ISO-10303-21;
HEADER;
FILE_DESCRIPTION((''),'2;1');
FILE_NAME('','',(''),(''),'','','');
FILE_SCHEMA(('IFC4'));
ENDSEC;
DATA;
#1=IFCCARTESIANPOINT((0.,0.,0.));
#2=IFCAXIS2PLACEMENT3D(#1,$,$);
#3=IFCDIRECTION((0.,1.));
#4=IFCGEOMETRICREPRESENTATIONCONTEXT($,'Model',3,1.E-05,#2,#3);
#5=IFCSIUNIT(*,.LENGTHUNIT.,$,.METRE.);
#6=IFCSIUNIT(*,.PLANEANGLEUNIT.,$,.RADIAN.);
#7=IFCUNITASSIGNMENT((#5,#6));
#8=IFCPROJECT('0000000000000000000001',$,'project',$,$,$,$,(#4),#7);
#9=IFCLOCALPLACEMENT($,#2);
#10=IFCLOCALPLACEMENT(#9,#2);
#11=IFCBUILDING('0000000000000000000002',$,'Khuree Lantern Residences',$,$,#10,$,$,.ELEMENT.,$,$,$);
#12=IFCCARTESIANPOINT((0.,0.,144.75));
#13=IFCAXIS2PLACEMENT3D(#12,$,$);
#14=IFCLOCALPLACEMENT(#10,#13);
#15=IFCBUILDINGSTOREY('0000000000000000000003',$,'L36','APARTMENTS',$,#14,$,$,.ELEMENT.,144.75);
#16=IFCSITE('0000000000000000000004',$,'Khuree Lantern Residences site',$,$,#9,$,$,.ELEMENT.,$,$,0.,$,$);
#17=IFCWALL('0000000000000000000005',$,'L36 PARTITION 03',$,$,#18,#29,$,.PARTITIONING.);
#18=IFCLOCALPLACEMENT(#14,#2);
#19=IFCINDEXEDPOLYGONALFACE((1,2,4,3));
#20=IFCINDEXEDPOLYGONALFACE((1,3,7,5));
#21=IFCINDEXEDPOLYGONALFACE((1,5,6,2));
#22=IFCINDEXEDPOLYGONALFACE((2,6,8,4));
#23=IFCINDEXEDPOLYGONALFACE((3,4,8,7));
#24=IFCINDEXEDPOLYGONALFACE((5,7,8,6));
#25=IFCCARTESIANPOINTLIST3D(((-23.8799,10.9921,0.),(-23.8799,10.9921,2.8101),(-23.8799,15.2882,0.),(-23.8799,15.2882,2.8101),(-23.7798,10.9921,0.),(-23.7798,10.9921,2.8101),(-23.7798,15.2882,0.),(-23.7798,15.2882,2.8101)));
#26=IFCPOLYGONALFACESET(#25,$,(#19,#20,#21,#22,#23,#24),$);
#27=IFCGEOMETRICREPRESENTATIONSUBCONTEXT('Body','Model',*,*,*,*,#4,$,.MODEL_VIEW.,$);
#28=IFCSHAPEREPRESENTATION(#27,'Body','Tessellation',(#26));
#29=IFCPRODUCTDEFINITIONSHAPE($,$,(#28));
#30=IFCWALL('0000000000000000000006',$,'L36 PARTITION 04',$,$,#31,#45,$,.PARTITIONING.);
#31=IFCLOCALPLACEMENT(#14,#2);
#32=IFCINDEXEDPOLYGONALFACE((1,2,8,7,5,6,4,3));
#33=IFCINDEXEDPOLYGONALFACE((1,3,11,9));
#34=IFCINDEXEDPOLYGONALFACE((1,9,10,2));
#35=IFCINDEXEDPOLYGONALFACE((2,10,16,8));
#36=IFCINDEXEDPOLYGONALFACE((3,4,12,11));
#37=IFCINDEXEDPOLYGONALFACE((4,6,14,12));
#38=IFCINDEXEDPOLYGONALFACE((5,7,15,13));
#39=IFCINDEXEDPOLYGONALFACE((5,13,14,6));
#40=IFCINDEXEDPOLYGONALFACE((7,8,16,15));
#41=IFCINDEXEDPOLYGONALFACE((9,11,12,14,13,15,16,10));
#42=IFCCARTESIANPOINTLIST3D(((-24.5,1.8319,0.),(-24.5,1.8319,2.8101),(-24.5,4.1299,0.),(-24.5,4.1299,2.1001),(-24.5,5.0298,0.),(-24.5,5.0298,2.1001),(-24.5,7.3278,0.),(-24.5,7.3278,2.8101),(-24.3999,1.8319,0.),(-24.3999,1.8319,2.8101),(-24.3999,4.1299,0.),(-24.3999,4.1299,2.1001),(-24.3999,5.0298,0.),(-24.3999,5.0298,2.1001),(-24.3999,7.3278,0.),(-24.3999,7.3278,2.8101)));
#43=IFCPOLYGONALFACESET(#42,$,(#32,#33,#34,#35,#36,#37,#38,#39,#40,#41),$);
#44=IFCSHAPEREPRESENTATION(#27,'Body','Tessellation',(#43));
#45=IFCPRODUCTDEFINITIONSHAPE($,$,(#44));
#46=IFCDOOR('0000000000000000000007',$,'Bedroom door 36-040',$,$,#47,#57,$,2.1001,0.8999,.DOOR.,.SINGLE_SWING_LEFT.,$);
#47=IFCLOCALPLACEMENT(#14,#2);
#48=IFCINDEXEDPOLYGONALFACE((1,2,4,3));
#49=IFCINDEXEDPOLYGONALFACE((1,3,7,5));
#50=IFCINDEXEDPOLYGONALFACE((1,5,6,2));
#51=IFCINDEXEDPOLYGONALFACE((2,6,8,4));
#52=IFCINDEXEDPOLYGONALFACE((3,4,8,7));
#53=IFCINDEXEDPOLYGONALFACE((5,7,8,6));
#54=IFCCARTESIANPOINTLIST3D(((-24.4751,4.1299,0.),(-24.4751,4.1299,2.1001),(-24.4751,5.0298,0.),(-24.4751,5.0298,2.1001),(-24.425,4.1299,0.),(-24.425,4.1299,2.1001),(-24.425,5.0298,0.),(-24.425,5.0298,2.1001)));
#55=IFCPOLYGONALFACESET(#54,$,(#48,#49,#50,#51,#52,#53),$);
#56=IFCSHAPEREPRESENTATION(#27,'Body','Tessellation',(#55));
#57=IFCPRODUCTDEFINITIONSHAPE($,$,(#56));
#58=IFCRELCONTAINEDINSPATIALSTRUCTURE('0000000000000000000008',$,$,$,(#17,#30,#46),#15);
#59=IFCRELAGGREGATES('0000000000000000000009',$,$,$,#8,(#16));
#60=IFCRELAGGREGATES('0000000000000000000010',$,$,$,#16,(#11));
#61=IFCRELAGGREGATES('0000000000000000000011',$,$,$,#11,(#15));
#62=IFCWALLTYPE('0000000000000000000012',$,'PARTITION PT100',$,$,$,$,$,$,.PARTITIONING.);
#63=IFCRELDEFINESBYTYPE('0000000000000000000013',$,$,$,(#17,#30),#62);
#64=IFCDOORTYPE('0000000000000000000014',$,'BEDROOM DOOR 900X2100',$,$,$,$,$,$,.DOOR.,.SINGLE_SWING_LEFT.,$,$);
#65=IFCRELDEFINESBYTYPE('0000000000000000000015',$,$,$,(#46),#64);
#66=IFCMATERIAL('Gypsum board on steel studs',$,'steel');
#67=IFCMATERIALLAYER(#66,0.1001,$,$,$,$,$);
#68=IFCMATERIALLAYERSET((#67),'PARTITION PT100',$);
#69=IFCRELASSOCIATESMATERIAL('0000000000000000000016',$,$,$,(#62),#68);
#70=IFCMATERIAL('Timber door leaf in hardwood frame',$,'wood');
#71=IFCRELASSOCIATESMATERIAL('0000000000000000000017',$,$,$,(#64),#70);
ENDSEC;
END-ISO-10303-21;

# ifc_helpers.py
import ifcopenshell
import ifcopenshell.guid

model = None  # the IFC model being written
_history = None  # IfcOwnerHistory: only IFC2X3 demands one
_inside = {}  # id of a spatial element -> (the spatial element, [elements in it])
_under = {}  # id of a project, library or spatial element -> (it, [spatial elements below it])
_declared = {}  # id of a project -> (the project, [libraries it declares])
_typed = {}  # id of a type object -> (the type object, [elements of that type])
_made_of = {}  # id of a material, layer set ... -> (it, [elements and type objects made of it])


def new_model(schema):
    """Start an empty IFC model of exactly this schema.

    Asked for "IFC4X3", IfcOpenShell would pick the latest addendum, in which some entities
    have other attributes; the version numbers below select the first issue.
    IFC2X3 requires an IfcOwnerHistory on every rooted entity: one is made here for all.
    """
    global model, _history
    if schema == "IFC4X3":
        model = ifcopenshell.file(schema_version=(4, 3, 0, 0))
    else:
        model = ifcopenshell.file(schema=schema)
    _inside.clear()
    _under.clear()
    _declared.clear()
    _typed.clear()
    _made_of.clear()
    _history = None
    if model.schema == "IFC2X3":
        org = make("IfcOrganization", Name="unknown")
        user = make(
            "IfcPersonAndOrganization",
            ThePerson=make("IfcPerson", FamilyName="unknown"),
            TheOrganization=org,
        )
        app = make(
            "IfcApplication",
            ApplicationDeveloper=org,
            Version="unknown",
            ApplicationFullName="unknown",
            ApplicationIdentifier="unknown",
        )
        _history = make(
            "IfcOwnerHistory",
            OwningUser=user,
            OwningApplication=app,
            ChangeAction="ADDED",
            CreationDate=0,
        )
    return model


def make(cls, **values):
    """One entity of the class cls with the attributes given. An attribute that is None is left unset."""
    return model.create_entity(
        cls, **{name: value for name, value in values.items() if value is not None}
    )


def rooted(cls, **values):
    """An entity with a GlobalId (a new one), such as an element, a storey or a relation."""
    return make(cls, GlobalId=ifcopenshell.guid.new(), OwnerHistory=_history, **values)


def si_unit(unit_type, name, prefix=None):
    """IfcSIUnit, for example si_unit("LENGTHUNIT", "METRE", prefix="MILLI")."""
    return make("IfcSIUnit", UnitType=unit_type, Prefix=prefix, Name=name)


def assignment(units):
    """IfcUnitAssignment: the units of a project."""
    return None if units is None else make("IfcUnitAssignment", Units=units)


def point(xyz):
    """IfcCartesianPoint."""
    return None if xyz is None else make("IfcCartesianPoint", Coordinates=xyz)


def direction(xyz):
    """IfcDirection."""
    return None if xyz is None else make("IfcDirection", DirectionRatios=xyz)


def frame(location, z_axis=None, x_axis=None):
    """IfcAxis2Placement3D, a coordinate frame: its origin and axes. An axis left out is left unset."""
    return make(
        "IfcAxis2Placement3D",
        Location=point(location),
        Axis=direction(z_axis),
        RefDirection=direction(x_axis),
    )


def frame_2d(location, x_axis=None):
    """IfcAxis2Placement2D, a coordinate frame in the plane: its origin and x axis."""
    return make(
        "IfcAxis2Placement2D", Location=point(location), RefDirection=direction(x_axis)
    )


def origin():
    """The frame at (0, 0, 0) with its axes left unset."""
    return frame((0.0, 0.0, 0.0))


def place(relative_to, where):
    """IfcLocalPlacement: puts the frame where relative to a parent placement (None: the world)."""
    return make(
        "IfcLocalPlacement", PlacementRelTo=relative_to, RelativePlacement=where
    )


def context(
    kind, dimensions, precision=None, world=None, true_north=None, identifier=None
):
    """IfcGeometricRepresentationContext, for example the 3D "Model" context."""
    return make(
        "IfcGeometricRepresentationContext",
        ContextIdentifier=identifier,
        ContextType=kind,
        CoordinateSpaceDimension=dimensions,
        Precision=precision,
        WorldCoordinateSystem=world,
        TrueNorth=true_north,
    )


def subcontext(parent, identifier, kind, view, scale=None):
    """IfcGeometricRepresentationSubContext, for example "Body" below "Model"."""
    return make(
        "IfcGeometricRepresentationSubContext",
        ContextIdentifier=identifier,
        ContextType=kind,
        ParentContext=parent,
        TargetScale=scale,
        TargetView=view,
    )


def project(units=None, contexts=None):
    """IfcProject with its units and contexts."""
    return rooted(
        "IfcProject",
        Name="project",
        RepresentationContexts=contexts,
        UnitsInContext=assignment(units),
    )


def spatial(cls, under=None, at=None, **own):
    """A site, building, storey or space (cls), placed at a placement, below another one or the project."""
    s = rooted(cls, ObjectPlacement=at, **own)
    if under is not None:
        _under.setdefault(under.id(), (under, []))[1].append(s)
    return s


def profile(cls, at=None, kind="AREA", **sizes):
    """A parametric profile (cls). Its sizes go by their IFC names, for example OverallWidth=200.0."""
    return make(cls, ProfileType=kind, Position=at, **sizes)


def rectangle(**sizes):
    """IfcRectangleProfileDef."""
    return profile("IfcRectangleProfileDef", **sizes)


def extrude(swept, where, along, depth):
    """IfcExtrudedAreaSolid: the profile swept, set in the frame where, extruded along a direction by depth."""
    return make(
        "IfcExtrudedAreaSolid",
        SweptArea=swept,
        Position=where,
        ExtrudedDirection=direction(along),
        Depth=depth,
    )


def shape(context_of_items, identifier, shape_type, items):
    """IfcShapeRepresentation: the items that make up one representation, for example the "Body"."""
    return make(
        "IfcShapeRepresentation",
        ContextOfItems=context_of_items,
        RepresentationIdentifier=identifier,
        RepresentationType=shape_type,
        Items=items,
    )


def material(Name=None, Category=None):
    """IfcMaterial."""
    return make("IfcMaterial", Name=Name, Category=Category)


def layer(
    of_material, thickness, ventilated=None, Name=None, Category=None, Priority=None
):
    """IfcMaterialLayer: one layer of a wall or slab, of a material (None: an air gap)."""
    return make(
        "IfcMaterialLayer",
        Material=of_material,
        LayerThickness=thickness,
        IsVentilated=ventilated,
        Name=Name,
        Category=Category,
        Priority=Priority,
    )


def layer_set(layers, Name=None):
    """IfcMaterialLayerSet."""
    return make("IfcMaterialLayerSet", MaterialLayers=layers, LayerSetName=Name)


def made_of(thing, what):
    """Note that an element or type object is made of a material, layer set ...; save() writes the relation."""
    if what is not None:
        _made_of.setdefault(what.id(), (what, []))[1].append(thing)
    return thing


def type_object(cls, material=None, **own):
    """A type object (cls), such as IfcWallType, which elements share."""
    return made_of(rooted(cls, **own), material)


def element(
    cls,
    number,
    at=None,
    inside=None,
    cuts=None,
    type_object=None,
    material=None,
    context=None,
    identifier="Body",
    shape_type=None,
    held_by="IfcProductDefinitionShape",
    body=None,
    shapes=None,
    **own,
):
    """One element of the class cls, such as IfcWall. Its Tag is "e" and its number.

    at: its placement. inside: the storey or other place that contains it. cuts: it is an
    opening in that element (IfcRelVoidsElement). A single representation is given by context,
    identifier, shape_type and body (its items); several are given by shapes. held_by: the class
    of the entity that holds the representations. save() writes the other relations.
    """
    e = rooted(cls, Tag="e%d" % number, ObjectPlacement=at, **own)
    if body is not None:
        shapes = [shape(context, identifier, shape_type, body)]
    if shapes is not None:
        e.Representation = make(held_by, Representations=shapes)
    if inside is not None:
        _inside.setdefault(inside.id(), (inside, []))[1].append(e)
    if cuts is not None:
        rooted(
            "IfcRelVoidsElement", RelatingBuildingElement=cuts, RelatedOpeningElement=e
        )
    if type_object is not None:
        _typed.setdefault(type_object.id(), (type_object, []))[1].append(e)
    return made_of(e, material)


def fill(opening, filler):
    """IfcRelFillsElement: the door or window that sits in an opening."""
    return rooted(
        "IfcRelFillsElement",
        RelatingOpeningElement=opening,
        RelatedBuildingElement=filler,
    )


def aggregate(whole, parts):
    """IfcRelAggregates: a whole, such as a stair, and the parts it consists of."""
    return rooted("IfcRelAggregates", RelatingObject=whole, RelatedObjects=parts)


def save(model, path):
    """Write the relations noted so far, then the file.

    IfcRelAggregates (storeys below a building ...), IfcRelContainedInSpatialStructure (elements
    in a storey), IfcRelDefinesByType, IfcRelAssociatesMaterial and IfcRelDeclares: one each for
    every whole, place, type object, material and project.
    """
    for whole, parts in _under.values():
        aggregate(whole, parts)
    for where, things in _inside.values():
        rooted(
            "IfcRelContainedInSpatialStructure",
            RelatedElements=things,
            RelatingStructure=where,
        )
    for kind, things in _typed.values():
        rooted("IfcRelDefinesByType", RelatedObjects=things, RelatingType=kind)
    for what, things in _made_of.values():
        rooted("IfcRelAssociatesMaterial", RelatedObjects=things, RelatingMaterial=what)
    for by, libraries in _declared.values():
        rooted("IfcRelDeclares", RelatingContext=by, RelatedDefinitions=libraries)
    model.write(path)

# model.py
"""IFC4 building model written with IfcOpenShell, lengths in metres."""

from ifc_helpers import new_model, si_unit, direction, frame, frame_2d, origin, place, context, subcontext, project, spatial, rectangle, extrude, material, layer, layer_set, type_object, element, fill, save


model = new_model("IFC4")

# Units and contexts
model_context = context("Model", 3, precision=1e-05, world=origin(), true_north=direction((0.0, 1.0)))
body_context = subcontext(model_context, "Body", "Model", "MODEL_VIEW")
ifc_project = project(units=[si_unit("LENGTHUNIT", "METRE"), si_unit("PLANEANGLEUNIT", "RADIAN")], contexts=[model_context])

# Site, building, storey
site_placement = place(None, origin())
site = spatial("IfcSite", under=ifc_project, at=site_placement, Name="Khuree Lantern Residences site", CompositionType="ELEMENT", RefElevation=0.0)
building_placement = place(site_placement, origin())
building = spatial("IfcBuilding", under=site, at=building_placement, Name="Khuree Lantern Residences", CompositionType="ELEMENT")
storey_placement = place(building_placement, frame((0.0, 0.0, 144.75)))
storey = spatial("IfcBuildingStorey", under=building, at=storey_placement, Name="L36", Description="APARTMENTS", CompositionType="ELEMENT", Elevation=144.75)

# Shared definitions
ifc_material_1 = material(Name="Gypsum board on steel studs", Category="steel")
ifc_layer_1 = layer(ifc_material_1, 0.1001)
ifc_layer_set_1 = layer_set([ifc_layer_1], Name="PARTITION PT100")
wall_type = type_object("IfcWallType", Name="PARTITION PT100", PredefinedType="PARTITIONING", material=ifc_layer_set_1)

# Shared definitions
ifc_material_2 = material(Name="Timber door leaf in hardwood frame", Category="wood")
door_type_1 = type_object("IfcDoorType", Name="BEDROOM DOOR 900X2100", OperationType="SINGLE_SWING_LEFT", PredefinedType="DOOR", material=ifc_material_2)

# Wall
wall_1_placement = place(storey_placement, frame((-23.8298, 15.2881, 0.0), z_axis=(0.0, 0.0, 1.0), x_axis=(0.0, -1.0, 0.0)))
element("IfcWall", 1, at=wall_1_placement, inside=storey, type_object=wall_type, Name="L36 PARTITION 03", PredefinedType="PARTITIONING", context=body_context, shape_type="SweptSolid", body=[
    extrude(rectangle(XDim=4.2961, YDim=0.1001, at=frame_2d((2.1479, 0.0))), origin(), (0.0, 0.0, 1.0), 2.8101),
])

# Wall, opening, door
wall_2_placement = place(storey_placement, frame((-24.45, 7.3279, 0.0), z_axis=(0.0, 0.0, 1.0), x_axis=(0.0, -1.0, 0.0)))
wall_2 = element("IfcWall", 2, at=wall_2_placement, inside=storey, type_object=wall_type, Name="L36 PARTITION 04", PredefinedType="PARTITIONING", context=body_context, shape_type="SweptSolid", body=[
    extrude(rectangle(XDim=5.4958, YDim=0.1001, at=frame_2d((2.748, 0.0))), origin(), (0.0, 0.0, 1.0), 2.8101),
])
opening_1_placement = place(wall_2_placement, frame((2.2981, 0.0, 0.0)))
opening_1 = element("IfcOpeningElement", 3, at=opening_1_placement, cuts=wall_2, PredefinedType="OPENING", context=body_context, shape_type="SweptSolid", body=[
    extrude(rectangle(XDim=0.8999, YDim=2.1001, at=frame_2d((0.45, 1.05))), frame((0.0, 0.0601, 0.0), z_axis=(0.0, -1.0, 0.0), x_axis=(1.0, 0.0, 0.0)), (0.0, 0.0, 1.0), 0.1201),
])
door_1_placement = place(opening_1_placement, origin())
door_1 = element("IfcDoor", 4, at=door_1_placement, inside=storey, type_object=door_type_1, Name="Bedroom door 36-040", OperationType="SINGLE_SWING_LEFT", OverallHeight=2.1001, OverallWidth=0.8999, PredefinedType="DOOR", context=body_context, shape_type="SweptSolid", body=[
    extrude(rectangle(XDim=0.8999, YDim=2.1001, at=frame_2d((0.45, 1.05))), frame((0.0, 0.0249, 0.0), z_axis=(0.0, -1.0, 0.0), x_axis=(1.0, 0.0, 0.0)), (0.0, 0.0, 1.0), 0.05),
])
fill(opening_1, door_1)

save(model, "model.ifc")
